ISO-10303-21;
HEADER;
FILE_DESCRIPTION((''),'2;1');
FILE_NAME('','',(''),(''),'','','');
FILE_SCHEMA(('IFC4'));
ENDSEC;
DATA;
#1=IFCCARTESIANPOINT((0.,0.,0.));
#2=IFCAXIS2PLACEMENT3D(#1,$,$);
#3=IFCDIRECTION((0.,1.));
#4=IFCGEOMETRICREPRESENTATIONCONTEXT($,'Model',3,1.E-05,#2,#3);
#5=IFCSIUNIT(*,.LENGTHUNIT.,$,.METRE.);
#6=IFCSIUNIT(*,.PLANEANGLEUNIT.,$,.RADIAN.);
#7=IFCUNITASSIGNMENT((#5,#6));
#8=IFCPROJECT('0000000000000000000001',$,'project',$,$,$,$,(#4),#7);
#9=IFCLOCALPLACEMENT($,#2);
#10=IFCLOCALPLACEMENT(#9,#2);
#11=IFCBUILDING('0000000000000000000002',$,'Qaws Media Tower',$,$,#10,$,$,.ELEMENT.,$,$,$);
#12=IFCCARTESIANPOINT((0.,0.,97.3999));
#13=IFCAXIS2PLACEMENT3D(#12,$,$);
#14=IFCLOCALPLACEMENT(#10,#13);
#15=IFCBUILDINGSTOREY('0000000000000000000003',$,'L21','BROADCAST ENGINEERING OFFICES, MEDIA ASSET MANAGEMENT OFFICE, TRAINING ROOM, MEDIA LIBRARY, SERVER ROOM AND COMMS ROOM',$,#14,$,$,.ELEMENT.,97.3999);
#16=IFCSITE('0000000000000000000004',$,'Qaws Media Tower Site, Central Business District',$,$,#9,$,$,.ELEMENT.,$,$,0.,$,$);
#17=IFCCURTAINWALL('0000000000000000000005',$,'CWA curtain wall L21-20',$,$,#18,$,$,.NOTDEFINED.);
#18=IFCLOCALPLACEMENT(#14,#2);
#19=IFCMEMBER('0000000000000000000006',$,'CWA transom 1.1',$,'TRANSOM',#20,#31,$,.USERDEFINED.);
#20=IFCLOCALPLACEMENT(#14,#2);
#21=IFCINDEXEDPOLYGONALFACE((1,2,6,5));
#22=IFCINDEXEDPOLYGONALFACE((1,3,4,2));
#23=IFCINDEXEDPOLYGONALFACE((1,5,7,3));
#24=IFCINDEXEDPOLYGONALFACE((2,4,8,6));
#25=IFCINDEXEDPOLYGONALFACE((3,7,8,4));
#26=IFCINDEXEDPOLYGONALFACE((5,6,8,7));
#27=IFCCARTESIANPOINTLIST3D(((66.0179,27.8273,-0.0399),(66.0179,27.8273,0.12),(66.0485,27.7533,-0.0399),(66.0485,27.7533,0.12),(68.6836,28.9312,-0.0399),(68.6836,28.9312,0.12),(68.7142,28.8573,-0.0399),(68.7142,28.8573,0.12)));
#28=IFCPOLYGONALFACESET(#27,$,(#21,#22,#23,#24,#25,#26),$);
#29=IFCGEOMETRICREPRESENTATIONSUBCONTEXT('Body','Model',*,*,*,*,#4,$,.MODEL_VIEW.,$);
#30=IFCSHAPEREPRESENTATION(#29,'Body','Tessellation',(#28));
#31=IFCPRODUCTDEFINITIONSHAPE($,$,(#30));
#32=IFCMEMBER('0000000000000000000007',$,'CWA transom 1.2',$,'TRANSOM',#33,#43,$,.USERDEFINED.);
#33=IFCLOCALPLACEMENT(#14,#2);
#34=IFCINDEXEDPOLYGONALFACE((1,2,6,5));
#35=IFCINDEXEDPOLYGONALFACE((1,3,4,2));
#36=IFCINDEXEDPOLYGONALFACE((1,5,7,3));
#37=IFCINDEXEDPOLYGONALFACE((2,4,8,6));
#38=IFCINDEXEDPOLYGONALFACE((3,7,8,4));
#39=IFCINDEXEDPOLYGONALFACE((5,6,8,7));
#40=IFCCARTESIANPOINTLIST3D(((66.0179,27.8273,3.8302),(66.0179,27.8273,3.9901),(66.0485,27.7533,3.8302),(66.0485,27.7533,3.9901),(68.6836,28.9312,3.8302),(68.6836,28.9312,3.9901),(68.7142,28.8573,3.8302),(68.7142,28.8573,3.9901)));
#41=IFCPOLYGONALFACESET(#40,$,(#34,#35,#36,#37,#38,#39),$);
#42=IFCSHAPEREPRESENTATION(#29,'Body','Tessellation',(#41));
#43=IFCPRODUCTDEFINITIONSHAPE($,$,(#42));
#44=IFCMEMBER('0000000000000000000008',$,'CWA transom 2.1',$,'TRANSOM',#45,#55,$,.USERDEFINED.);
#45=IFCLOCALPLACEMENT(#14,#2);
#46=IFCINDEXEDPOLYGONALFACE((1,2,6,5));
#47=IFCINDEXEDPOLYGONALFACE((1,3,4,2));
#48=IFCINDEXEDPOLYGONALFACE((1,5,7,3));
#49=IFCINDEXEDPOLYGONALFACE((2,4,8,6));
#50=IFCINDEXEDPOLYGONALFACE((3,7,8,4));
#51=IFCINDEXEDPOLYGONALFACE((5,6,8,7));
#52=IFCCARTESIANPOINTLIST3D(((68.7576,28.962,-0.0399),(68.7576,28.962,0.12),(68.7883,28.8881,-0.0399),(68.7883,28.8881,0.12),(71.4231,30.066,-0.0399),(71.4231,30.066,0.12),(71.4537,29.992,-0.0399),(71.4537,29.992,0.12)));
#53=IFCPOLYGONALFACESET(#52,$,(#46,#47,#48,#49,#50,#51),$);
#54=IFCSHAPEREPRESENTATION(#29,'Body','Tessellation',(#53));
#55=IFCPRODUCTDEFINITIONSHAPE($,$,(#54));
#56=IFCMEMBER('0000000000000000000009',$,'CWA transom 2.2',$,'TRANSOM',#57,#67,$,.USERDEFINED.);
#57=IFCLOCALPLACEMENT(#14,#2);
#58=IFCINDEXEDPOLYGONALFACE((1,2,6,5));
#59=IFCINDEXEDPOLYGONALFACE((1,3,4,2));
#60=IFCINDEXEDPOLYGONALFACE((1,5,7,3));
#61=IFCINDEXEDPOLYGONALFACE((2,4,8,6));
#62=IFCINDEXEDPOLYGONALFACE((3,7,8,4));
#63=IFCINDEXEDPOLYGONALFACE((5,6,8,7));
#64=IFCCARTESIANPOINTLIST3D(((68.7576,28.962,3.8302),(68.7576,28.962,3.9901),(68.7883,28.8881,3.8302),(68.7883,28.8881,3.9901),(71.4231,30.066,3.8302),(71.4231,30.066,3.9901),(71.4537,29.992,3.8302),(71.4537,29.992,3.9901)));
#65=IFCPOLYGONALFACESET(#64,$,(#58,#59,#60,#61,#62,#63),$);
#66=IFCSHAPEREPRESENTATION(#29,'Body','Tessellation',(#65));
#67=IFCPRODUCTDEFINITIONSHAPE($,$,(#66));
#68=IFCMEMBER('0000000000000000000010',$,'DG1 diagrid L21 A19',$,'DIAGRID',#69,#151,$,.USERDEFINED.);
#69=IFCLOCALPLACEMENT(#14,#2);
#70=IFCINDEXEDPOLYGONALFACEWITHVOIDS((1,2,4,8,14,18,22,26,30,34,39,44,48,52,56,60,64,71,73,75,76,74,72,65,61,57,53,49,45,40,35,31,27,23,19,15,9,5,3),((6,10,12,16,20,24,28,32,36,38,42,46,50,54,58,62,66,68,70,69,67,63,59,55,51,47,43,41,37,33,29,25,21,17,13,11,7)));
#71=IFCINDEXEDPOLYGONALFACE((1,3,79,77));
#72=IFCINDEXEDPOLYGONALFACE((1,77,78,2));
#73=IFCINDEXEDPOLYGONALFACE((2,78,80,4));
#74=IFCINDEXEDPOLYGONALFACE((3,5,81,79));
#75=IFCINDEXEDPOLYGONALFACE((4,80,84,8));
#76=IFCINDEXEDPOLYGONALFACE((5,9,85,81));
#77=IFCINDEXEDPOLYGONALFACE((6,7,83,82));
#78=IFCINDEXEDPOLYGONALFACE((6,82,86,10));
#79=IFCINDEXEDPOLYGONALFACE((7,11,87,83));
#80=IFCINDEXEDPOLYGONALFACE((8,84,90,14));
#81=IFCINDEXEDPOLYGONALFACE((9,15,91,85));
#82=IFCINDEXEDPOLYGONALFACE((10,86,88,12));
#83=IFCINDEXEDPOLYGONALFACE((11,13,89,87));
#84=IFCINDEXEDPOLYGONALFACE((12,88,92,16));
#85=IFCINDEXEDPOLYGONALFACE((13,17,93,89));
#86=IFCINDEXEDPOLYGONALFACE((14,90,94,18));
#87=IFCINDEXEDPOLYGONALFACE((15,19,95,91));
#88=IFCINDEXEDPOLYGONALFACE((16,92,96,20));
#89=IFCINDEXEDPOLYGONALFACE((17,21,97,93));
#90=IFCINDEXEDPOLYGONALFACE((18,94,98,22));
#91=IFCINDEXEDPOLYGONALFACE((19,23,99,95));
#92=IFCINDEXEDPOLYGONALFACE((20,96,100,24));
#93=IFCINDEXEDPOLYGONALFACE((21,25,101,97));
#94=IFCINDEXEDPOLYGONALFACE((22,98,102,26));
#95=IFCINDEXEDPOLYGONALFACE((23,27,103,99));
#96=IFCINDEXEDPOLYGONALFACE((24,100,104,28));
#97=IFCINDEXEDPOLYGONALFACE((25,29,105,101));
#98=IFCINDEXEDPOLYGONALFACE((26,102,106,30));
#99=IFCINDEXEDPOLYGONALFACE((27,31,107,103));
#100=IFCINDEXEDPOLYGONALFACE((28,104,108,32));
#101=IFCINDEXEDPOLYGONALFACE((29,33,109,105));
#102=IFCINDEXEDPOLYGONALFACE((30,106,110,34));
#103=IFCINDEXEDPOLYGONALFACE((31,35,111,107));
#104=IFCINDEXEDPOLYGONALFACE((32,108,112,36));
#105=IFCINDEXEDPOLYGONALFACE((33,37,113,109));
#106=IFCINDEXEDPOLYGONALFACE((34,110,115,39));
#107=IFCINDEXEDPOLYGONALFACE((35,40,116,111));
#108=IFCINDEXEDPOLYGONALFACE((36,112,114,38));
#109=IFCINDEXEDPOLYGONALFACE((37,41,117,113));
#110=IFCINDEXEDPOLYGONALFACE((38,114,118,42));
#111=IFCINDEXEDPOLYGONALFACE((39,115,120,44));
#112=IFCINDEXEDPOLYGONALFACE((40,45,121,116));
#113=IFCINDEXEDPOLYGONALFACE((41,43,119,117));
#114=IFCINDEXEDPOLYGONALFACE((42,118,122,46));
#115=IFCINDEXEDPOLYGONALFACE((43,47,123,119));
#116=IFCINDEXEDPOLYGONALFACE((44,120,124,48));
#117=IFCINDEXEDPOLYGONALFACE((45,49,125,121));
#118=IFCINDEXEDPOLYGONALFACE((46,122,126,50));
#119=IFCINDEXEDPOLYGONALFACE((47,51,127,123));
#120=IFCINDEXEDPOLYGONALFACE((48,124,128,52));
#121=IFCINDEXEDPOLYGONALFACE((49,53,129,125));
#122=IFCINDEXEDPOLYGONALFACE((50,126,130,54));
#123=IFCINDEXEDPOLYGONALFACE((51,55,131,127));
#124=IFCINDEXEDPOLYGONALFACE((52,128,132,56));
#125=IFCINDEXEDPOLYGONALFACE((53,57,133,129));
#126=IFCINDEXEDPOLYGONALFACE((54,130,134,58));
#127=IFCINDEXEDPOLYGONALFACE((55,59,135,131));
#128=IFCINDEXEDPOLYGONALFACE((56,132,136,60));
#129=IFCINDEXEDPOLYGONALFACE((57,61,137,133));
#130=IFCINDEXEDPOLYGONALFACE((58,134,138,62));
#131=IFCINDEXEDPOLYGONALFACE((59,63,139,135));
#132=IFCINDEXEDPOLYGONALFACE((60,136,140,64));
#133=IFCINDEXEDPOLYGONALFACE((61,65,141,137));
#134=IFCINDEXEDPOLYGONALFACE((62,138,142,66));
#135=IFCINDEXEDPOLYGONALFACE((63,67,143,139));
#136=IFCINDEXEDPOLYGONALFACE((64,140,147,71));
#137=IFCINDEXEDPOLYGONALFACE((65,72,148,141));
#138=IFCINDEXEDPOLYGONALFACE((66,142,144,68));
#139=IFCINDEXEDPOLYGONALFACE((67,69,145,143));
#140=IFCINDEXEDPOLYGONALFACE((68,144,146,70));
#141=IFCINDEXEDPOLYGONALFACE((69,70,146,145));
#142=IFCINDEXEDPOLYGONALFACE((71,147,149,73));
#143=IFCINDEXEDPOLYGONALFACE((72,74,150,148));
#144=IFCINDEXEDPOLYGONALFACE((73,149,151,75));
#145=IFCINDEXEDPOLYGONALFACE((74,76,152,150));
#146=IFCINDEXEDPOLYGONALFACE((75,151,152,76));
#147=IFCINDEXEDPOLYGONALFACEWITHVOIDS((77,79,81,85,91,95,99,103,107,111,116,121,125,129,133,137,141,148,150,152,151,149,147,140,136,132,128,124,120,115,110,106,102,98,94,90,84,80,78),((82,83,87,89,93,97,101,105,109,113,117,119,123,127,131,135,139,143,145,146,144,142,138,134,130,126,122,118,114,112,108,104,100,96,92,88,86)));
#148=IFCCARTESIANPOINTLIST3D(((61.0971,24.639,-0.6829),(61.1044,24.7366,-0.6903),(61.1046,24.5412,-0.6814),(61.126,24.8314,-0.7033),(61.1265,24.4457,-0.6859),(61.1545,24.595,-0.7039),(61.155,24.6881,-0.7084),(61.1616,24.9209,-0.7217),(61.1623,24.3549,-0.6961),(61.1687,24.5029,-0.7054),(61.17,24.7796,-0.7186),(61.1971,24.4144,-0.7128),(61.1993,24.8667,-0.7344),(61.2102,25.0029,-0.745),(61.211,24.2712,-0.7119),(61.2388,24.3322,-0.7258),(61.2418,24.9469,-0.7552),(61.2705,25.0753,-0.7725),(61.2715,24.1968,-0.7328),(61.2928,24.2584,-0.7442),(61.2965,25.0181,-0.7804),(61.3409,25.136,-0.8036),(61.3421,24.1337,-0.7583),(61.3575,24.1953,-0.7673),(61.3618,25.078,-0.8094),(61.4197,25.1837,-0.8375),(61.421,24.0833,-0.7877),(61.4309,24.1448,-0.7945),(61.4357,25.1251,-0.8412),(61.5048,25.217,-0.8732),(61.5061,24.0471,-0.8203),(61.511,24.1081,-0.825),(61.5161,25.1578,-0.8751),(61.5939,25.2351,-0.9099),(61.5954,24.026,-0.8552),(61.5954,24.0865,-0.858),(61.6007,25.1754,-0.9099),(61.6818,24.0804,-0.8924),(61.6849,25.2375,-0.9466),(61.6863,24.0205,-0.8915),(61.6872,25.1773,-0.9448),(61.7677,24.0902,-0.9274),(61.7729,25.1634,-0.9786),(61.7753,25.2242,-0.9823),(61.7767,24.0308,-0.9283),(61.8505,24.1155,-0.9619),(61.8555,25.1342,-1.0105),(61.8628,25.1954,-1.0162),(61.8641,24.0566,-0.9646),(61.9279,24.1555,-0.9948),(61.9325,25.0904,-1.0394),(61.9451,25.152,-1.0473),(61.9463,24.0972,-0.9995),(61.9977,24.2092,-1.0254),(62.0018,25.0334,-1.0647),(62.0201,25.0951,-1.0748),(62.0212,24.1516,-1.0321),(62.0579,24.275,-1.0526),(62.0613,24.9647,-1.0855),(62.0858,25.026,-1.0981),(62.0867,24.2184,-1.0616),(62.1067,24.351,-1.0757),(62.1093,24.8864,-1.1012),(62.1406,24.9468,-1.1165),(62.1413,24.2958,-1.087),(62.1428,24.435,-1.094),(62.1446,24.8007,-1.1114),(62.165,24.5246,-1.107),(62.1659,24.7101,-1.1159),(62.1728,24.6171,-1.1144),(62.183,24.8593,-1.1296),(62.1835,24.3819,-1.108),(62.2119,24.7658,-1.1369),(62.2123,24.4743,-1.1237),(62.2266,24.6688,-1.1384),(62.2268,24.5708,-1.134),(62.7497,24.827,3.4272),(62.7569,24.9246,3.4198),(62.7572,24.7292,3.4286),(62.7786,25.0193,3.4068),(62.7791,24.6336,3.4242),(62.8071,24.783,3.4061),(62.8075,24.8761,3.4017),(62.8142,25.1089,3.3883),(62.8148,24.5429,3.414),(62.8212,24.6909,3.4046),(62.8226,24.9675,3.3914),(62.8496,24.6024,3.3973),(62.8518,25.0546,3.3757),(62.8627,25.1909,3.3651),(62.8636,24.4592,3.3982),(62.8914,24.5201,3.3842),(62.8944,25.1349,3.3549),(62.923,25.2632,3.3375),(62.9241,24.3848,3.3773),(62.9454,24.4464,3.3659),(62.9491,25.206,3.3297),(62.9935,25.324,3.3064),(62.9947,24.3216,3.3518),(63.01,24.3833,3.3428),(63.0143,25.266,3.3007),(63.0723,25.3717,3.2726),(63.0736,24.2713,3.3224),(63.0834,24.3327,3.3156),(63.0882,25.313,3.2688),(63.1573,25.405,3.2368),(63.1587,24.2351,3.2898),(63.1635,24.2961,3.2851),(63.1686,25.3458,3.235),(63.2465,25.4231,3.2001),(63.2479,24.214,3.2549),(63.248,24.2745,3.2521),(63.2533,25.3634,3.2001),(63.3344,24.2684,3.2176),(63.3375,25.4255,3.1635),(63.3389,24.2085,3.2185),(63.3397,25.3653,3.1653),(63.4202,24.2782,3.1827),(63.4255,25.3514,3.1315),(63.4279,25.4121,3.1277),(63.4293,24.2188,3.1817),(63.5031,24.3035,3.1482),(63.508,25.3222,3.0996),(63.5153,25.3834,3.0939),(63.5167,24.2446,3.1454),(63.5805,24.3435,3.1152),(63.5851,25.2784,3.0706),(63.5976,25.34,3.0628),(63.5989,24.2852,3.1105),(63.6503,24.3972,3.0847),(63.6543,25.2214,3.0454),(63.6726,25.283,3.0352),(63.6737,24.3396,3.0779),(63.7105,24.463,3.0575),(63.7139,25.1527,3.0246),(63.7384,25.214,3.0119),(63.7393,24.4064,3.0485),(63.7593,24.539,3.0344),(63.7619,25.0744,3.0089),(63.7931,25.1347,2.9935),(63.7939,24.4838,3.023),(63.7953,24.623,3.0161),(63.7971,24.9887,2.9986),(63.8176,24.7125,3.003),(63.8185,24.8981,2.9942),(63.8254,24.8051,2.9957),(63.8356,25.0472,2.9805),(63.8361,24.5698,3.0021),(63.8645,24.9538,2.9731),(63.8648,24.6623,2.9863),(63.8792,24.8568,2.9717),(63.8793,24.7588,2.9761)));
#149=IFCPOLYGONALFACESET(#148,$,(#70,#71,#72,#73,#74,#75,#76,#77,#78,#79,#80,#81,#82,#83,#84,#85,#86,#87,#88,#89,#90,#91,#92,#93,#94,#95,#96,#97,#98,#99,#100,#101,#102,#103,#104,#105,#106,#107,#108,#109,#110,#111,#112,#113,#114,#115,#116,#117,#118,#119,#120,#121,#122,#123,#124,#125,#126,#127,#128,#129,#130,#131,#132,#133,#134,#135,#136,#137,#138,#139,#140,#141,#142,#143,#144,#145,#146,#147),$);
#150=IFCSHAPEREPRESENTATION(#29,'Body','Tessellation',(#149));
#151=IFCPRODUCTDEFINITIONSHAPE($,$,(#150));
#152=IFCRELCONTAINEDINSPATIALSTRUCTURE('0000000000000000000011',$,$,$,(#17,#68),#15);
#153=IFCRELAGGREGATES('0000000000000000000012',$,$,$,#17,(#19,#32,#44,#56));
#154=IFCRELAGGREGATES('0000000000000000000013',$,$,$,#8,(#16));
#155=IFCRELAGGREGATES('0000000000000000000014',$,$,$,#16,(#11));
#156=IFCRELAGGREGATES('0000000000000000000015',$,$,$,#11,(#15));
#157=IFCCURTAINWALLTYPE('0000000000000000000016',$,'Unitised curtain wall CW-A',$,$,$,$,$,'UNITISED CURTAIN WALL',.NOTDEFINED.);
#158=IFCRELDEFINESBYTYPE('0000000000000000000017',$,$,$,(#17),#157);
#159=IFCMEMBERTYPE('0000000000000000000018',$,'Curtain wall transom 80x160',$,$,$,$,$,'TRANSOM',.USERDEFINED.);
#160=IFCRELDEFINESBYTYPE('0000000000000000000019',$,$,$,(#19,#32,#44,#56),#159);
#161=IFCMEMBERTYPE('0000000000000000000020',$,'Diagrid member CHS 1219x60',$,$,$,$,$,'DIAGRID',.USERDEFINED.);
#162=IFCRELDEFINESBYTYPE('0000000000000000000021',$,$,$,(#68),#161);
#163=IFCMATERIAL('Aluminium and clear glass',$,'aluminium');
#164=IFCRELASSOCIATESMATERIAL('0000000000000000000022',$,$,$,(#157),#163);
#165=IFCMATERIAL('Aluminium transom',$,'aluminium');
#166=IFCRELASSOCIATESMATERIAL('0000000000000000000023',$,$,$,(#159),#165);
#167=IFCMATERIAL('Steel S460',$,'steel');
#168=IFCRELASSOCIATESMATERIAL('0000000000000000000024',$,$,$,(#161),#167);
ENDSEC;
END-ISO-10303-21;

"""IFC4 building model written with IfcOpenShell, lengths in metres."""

from ifc_helpers import new_model, si_unit, direction, frame, origin, origin_2d, place, context, subcontext, project, spatial, rectangle, hollow_circle, extrude, material, material_profile, profile_set, type_object, element, aggregate, save


model = new_model("IFC4")

# Units and contexts
model_context = context("Model", 3, precision=1e-05, world=origin(), true_north=direction((0.0, 1.0)))
body_context = subcontext(model_context, "Body", "Model", "MODEL_VIEW")
ifc_project = project(units=[si_unit("LENGTHUNIT", "METRE"), si_unit("PLANEANGLEUNIT", "RADIAN")], contexts=[model_context])

# Site, building, storey
site_placement = place(None, origin())
site = spatial("IfcSite", under=ifc_project, at=site_placement, Name="Qaws Media Tower Site, Central Business District", CompositionType="ELEMENT", RefElevation=0.0)
building_placement = place(site_placement, origin())
building = spatial("IfcBuilding", under=site, at=building_placement, Name="Qaws Media Tower", CompositionType="ELEMENT")
storey_placement = place(building_placement, frame((0.0, 0.0, 97.3999)))
storey = spatial("IfcBuildingStorey", under=building, at=storey_placement, Name="L21", Description="BROADCAST ENGINEERING OFFICES, MEDIA ASSET MANAGEMENT OFFICE, TRAINING ROOM, MEDIA LIBRARY, SERVER ROOM AND COMMS ROOM", CompositionType="ELEMENT", Elevation=97.3999)

# Curtain wall
ifc_material_1 = material(Name="Aluminium and clear glass", Category="aluminium")
curtain_wall_type_1 = type_object("IfcCurtainWallType", Name="Unitised curtain wall CW-A", ElementType="UNITISED CURTAIN WALL", PredefinedType="NOTDEFINED", material=ifc_material_1)
curtain_wall_1_placement = place(storey_placement, origin())
curtain_wall_1 = element("IfcCurtainWall", 1, at=curtain_wall_1_placement, inside=storey, type_object=curtain_wall_type_1, Name="CWA curtain wall L21-20", PredefinedType="NOTDEFINED")

# Members
ifc_material_2 = material(Name="Aluminium transom", Category="aluminium")
ifc_material_profile_1 = material_profile(ifc_material_2, rectangle(XDim=0.0801, YDim=0.1599, at=origin_2d()), Name="80x160")
ifc_profile_set_1 = profile_set([ifc_material_profile_1], Name="Aluminium transom")
member_type_1 = type_object("IfcMemberType", Name="Curtain wall transom 80x160", ElementType="TRANSOM", PredefinedType="USERDEFINED", material=ifc_profile_set_1)
member_1_placement = place(storey_placement, frame((66.0332, 27.7903, 0.04), z_axis=(0.923903, 0.382626, 0.0), x_axis=(-0.382626, 0.923903, 0.0)))
member_1 = element("IfcMember", 2, at=member_1_placement, type_object=member_type_1, Name="CWA transom 1.1", ObjectType="TRANSOM", PredefinedType="USERDEFINED", context=body_context, shape_type="SweptSolid", body=[
    extrude(rectangle(XDim=0.0801, YDim=0.1599, at=origin_2d()), origin(), (0.0, 0.0, 1.0), 2.8853),
])
member_2_placement = place(storey_placement, frame((66.0332, 27.7903, 3.9102), z_axis=(0.923903, 0.382626, 0.0), x_axis=(-0.382626, 0.923903, 0.0)))
member_2 = element("IfcMember", 3, at=member_2_placement, type_object=member_type_1, Name="CWA transom 1.2", ObjectType="TRANSOM", PredefinedType="USERDEFINED", context=body_context, shape_type="SweptSolid", body=[
    extrude(rectangle(XDim=0.0801, YDim=0.1599, at=origin_2d()), origin(), (0.0, 0.0, 1.0), 2.8853),
])
member_3_placement = place(storey_placement, frame((68.7729, 28.925, 0.04), z_axis=(0.923891, 0.382656, 0.0), x_axis=(-0.382656, 0.923891, 0.0)))
member_3 = element("IfcMember", 4, at=member_3_placement, type_object=member_type_1, Name="CWA transom 2.1", ObjectType="TRANSOM", PredefinedType="USERDEFINED", context=body_context, shape_type="SweptSolid", body=[
    extrude(rectangle(XDim=0.0801, YDim=0.1599, at=origin_2d()), origin(), (0.0, 0.0, 1.0), 2.885),
])
member_4_placement = place(storey_placement, frame((68.7729, 28.925, 3.9102), z_axis=(0.923891, 0.382656, 0.0), x_axis=(-0.382656, 0.923891, 0.0)))
member_4 = element("IfcMember", 5, at=member_4_placement, type_object=member_type_1, Name="CWA transom 2.2", ObjectType="TRANSOM", PredefinedType="USERDEFINED", context=body_context, shape_type="SweptSolid", body=[
    extrude(rectangle(XDim=0.0801, YDim=0.1599, at=origin_2d()), origin(), (0.0, 0.0, 1.0), 2.885),
])

# Member
ifc_material_3 = material(Name="Steel S460", Category="steel")
ifc_material_profile_2 = material_profile(ifc_material_3, hollow_circle(Radius=0.6096, WallThickness=0.0601, at=origin_2d()), Name="CHS 1219x60")
ifc_profile_set_2 = profile_set([ifc_material_profile_2], Name="Steel S460")
member_type_2 = type_object("IfcMemberType", Name="Diagrid member CHS 1219x60", ElementType="DIAGRID", PredefinedType="USERDEFINED", material=ifc_profile_set_2)
for number, where, z_axis, x_axis, name in (
    (6, (61.6628, 24.6294, -0.9099), (0.372717, 0.042398, 0.926976), (-0.113025, 0.993592, 0.0), "DG1 diagrid L21 A19"),
):
    element("IfcMember", number, at=place(storey_placement, frame(where, z_axis=z_axis, x_axis=x_axis)), inside=storey, type_object=member_type_2, Name=name, ObjectType="DIAGRID", PredefinedType="USERDEFINED", context=body_context, shape_type="SweptSolid", body=[
        extrude(hollow_circle(Radius=0.6096, WallThickness=0.0601, at=origin_2d()), origin(), (0.0, 0.0, 1.0), 4.4338),
    ])

aggregate(curtain_wall_1, [member_1, member_2, member_3, member_4])

save(model, "model.ifc")
